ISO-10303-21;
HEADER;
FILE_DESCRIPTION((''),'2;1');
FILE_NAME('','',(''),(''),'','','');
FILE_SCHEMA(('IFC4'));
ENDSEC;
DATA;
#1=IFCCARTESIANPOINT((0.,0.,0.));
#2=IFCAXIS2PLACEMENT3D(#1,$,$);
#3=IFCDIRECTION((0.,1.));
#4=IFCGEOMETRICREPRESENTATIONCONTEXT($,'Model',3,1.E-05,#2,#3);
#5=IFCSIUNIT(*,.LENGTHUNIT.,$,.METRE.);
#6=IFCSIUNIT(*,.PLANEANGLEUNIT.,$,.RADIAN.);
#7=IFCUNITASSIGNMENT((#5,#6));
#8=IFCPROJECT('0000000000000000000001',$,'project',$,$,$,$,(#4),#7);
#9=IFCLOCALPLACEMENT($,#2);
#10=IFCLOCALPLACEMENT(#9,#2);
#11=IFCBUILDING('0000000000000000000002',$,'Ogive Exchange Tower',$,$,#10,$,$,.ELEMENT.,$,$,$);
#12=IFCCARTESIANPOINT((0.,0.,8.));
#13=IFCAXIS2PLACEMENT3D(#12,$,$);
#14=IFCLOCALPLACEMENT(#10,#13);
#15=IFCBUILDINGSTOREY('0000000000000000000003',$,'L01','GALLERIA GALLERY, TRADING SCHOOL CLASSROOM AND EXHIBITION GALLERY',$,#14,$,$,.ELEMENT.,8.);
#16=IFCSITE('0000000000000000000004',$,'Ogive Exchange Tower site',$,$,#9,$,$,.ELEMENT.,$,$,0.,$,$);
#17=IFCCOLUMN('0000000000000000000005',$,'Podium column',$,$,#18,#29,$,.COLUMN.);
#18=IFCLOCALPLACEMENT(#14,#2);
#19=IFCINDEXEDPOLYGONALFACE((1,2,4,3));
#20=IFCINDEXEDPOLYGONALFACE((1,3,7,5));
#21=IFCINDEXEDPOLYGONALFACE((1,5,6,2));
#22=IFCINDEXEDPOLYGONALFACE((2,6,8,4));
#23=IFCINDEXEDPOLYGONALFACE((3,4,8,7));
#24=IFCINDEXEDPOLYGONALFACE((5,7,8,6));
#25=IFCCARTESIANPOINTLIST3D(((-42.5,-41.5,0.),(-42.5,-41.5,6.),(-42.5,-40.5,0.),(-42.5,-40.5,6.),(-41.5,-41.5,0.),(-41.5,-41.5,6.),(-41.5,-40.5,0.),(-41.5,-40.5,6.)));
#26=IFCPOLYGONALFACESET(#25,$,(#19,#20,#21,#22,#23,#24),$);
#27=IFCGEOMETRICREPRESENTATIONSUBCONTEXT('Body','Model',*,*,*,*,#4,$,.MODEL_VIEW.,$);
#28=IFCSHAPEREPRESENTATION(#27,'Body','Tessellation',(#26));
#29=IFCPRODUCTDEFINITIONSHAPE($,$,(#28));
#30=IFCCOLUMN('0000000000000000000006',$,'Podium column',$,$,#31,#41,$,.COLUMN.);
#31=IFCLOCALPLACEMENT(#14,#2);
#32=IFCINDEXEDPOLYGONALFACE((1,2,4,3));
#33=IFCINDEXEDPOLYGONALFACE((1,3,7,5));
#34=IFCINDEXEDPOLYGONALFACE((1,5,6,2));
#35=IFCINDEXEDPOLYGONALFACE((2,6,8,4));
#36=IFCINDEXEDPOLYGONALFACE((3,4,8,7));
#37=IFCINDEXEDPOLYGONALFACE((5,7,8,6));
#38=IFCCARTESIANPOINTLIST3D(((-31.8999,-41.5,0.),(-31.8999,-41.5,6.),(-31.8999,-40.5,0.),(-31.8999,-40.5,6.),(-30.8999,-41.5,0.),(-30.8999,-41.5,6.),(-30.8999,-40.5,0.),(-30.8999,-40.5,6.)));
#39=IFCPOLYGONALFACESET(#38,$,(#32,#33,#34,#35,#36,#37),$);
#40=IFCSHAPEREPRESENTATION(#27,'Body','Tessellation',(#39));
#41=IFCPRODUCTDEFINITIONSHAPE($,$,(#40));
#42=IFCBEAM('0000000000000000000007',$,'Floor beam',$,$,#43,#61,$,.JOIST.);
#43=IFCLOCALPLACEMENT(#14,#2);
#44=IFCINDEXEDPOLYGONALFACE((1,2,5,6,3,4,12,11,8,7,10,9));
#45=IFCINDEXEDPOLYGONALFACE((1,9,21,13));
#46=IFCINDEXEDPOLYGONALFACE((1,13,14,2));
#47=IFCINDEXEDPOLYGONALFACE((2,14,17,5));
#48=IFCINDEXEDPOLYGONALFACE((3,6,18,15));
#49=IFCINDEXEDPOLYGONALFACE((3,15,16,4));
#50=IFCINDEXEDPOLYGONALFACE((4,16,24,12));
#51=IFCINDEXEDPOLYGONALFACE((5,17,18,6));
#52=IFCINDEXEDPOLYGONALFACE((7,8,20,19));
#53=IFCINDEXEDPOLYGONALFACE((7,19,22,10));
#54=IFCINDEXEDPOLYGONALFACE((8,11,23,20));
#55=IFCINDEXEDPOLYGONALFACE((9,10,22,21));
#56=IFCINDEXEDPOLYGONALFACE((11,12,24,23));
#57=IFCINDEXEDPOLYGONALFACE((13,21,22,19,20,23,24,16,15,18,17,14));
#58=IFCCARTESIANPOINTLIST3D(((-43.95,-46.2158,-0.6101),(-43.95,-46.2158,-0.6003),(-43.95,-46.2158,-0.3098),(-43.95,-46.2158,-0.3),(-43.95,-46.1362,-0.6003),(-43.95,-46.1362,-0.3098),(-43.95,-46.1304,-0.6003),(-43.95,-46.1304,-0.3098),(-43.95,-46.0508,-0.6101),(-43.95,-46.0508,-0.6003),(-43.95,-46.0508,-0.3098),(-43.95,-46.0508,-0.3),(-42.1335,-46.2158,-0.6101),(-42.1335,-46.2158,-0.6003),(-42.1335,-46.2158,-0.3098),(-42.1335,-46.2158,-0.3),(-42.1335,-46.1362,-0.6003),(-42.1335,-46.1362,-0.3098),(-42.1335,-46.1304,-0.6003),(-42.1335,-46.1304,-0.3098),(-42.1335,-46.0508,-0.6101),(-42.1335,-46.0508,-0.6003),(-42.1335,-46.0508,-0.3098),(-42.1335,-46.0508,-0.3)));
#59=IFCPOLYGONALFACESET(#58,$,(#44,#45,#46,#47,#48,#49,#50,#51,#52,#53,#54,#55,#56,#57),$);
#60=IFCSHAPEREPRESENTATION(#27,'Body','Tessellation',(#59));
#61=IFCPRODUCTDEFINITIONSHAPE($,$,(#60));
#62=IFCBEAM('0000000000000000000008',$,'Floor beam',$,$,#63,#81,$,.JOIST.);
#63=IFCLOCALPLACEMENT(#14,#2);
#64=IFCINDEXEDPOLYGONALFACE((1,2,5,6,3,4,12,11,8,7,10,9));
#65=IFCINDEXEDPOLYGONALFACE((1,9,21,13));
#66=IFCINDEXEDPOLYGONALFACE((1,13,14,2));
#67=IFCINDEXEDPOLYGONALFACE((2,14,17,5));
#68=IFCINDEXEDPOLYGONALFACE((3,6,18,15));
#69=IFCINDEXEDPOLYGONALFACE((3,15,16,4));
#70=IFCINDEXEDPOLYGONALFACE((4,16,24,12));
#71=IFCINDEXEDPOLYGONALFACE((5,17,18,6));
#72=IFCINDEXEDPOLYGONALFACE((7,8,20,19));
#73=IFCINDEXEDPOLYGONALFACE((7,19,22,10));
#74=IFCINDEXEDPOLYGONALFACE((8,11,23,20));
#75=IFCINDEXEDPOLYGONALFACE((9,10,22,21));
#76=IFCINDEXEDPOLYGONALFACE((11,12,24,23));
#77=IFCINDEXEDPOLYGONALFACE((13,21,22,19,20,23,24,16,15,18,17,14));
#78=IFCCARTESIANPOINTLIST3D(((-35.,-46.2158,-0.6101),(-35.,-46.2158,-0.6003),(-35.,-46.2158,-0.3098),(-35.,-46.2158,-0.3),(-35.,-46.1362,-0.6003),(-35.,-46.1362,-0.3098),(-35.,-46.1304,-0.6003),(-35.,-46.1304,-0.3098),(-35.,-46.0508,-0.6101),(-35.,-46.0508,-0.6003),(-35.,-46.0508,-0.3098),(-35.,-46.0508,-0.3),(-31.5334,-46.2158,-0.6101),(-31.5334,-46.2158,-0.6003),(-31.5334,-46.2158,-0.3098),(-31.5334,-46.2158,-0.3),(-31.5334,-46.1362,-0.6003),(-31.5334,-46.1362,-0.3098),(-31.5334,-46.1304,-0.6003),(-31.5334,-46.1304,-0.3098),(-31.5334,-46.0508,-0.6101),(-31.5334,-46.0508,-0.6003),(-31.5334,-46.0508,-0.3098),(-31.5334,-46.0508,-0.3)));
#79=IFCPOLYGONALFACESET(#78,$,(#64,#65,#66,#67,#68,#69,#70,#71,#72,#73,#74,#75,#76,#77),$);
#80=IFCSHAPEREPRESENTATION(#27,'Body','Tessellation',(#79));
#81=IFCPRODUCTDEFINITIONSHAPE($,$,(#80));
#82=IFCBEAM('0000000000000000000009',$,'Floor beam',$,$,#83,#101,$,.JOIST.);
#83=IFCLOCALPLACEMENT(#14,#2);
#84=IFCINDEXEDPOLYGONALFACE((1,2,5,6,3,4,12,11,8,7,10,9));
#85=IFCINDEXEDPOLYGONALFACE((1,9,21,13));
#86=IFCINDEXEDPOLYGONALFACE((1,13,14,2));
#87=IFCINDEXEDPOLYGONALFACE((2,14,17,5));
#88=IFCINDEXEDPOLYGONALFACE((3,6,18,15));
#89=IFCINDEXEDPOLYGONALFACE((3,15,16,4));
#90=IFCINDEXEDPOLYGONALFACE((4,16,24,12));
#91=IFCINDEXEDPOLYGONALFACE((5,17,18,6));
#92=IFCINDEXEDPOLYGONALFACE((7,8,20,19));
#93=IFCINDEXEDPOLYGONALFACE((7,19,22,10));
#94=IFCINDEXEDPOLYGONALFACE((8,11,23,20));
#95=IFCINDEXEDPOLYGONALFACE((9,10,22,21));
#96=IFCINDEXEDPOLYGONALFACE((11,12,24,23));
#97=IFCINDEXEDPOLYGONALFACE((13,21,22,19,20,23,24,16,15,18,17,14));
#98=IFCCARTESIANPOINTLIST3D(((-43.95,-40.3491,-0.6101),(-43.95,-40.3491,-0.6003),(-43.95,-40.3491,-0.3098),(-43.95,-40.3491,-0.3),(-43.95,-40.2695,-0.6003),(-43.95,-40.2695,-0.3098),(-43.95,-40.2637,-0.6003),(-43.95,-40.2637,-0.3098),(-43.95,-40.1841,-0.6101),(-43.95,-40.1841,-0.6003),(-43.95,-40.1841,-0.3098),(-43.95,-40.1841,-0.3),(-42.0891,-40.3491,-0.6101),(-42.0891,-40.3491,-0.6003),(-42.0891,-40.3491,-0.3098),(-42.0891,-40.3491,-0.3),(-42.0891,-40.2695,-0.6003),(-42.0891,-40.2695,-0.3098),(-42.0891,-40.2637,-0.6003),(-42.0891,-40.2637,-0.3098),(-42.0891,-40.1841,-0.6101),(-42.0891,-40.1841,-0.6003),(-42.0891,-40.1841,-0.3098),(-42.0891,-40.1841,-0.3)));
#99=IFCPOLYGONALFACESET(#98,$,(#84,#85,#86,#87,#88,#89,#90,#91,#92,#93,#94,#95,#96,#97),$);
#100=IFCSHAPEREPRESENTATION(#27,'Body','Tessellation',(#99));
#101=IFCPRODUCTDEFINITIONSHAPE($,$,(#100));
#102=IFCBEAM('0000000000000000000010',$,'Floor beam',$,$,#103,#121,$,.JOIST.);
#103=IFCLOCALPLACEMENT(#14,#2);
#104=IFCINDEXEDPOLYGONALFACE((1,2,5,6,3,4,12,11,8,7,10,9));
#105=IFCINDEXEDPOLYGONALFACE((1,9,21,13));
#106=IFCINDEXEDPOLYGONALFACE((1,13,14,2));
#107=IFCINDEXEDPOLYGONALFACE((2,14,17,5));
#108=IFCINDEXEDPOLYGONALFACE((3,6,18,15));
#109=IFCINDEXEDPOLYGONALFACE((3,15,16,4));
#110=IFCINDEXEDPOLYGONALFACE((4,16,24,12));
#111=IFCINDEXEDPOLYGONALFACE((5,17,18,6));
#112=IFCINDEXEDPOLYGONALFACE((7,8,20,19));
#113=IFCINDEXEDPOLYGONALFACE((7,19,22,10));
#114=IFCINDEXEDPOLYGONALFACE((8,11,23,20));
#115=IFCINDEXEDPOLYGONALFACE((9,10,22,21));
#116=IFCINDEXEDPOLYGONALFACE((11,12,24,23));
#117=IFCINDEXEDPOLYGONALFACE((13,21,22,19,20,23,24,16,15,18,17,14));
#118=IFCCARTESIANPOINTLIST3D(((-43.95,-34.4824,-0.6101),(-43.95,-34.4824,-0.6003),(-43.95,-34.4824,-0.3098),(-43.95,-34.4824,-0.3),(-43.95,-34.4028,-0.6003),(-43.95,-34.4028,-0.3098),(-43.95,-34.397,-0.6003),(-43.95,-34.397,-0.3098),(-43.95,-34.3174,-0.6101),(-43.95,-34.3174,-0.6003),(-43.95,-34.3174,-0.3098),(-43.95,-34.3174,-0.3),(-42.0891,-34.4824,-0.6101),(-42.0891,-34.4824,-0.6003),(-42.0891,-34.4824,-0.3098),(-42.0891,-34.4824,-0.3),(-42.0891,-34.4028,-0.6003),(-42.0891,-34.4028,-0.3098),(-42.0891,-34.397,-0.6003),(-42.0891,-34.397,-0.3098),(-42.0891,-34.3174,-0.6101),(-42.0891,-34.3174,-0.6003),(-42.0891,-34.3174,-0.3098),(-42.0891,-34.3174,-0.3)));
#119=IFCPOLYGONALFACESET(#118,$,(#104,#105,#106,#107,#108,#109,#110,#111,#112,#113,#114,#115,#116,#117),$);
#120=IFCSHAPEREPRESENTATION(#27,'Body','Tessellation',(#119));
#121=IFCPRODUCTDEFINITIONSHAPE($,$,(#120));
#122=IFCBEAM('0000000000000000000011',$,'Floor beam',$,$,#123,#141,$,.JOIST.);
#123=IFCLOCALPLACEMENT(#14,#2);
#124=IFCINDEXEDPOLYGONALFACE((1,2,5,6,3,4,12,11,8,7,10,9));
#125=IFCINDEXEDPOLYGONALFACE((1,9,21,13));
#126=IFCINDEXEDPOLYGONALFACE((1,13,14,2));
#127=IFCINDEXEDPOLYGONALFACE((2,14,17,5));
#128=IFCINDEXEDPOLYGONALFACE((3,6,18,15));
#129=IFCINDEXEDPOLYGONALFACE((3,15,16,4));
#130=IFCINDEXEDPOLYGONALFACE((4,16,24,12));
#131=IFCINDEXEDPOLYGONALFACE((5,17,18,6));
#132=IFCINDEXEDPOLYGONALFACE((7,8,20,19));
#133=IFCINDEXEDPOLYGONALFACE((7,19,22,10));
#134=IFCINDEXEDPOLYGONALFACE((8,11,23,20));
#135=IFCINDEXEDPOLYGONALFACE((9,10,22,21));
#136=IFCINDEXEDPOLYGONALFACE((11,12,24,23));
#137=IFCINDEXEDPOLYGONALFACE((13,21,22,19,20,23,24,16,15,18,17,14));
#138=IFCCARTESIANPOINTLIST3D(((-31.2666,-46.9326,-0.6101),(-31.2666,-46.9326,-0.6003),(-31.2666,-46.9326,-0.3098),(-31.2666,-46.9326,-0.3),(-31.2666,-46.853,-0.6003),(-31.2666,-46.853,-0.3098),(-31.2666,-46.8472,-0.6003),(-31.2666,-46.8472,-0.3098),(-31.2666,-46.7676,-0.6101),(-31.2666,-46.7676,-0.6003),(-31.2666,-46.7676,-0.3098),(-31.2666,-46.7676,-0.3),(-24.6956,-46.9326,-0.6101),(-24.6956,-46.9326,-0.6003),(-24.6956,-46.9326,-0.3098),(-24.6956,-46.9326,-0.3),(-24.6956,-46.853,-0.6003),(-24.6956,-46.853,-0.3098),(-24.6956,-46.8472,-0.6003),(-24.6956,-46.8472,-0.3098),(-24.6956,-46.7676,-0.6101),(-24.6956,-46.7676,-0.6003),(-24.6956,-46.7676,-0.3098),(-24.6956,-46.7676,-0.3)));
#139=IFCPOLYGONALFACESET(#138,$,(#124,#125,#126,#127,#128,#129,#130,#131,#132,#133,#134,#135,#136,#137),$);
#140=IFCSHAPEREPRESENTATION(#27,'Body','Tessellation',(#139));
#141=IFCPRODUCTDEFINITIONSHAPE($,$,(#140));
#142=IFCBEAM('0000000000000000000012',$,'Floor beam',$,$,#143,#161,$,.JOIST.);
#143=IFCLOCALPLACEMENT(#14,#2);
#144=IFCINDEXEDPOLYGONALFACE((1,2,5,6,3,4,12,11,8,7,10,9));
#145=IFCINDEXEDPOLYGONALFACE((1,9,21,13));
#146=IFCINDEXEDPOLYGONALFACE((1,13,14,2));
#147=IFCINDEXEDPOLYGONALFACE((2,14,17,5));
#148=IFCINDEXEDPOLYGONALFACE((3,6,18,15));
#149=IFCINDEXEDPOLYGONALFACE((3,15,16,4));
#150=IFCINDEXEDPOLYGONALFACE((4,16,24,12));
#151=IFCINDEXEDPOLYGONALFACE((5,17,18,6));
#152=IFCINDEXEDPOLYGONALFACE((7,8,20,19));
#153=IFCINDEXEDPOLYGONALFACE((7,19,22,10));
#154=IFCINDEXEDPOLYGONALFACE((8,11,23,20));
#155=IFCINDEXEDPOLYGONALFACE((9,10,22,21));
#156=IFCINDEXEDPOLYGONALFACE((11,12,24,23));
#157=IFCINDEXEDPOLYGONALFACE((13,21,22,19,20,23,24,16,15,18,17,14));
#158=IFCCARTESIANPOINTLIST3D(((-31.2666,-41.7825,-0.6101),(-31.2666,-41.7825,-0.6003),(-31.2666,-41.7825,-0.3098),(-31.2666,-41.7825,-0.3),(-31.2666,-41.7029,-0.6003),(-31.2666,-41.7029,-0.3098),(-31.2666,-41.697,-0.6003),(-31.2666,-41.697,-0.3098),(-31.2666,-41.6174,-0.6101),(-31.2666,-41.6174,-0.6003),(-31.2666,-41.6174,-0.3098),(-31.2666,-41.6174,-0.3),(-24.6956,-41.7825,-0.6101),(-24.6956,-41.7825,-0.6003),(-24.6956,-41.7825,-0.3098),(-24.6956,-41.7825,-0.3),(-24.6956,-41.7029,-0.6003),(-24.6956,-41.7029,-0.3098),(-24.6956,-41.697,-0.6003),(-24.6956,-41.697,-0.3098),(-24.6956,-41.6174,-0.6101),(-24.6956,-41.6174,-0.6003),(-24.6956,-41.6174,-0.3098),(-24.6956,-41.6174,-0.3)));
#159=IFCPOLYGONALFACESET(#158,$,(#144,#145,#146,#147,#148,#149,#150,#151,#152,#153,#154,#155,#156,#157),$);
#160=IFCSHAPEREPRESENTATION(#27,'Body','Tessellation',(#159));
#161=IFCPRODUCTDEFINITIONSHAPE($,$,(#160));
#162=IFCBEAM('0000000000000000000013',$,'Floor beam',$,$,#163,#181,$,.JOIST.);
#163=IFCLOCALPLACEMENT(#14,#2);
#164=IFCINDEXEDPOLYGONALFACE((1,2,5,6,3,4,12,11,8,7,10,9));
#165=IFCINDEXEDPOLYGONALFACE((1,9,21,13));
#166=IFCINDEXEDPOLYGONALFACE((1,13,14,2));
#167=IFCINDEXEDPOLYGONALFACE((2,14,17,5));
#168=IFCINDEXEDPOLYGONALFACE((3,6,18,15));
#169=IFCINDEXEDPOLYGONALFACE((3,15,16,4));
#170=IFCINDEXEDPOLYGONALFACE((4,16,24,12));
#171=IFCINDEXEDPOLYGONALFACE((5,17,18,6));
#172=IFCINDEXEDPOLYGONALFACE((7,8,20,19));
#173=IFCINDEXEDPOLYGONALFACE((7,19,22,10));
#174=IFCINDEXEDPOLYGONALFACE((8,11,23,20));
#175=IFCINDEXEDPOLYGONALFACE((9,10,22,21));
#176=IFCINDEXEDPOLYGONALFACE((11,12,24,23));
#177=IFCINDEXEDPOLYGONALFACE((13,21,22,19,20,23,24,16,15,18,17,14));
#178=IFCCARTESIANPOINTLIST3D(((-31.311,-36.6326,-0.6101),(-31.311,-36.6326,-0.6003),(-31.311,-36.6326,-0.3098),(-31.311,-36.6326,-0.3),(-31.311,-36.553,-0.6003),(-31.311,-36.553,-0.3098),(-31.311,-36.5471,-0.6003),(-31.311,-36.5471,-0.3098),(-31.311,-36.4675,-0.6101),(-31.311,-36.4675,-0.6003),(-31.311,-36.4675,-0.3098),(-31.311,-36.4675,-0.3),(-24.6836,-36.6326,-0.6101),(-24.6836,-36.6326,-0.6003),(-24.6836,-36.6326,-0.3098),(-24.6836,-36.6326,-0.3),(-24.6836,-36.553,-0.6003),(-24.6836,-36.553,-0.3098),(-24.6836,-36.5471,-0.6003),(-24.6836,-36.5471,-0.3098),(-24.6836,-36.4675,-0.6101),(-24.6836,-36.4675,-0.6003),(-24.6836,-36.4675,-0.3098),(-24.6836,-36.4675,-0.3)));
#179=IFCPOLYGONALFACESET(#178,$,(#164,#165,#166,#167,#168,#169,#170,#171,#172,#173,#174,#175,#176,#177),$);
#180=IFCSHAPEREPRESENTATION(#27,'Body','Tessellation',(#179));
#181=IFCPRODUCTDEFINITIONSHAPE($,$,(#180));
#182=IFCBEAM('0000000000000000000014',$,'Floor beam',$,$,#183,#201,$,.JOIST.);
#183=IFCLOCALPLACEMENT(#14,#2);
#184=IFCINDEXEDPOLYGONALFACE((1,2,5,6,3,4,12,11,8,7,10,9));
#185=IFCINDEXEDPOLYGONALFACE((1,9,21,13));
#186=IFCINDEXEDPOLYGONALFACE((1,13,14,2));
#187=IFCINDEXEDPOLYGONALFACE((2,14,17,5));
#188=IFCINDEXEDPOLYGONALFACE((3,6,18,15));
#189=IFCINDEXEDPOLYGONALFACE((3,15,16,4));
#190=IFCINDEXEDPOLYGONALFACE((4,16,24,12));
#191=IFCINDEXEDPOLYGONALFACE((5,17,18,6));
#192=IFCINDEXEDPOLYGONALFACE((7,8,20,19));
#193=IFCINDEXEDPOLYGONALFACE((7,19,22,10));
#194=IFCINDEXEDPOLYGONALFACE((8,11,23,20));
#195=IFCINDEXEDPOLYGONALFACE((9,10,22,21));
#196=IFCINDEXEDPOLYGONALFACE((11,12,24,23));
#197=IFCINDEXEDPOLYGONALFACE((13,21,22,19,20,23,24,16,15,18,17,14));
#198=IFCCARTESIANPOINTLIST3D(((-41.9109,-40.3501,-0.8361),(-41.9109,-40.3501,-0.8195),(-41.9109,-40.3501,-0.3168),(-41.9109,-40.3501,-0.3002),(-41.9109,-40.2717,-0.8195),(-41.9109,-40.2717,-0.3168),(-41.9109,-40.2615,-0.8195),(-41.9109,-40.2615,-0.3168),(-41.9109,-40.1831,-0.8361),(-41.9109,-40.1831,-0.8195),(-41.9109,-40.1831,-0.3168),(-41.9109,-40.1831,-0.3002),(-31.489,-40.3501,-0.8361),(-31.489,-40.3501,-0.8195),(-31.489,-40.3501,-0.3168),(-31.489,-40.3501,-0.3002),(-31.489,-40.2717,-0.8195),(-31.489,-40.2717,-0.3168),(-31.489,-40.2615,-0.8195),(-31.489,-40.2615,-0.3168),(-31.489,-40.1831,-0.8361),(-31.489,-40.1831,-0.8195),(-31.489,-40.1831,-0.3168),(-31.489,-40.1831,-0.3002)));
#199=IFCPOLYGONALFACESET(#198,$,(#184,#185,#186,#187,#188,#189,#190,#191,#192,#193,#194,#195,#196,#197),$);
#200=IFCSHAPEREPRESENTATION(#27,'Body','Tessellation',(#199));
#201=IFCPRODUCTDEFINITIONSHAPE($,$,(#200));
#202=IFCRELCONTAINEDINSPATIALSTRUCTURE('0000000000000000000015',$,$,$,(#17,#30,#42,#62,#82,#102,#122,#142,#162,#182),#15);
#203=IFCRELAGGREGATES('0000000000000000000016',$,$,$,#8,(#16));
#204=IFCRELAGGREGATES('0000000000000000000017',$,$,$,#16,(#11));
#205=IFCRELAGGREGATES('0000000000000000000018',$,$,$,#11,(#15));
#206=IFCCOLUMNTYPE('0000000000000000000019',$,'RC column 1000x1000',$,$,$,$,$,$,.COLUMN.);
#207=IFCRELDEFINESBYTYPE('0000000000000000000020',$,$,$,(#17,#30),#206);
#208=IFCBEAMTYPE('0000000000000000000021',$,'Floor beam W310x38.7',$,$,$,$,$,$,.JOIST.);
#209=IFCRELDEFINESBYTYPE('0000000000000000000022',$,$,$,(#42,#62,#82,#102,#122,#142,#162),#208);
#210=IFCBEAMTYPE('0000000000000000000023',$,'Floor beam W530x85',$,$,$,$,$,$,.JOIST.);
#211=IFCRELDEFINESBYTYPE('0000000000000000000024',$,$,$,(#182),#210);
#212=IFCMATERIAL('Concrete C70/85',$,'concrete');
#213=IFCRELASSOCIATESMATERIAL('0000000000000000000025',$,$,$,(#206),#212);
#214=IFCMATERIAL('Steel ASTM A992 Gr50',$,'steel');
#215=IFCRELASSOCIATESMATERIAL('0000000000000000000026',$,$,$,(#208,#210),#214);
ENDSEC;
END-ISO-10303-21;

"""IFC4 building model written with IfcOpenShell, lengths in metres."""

from ifc_helpers import new_model, si_unit, direction, frame, origin, origin_2d, place, context, subcontext, project, spatial, rectangle, i_section, extrude, material, material_profile, profile_set, type_object, element, save


model = new_model("IFC4")

# Units and contexts
model_context = context("Model", 3, precision=1e-05, world=origin(), true_north=direction((0.0, 1.0)))
body_context = subcontext(model_context, "Body", "Model", "MODEL_VIEW")
ifc_project = project(units=[si_unit("LENGTHUNIT", "METRE"), si_unit("PLANEANGLEUNIT", "RADIAN")], contexts=[model_context])

# Site, building, storey
site_placement = place(None, origin())
site = spatial("IfcSite", under=ifc_project, at=site_placement, Name="Ogive Exchange Tower site", CompositionType="ELEMENT", RefElevation=0.0)
building_placement = place(site_placement, origin())
building = spatial("IfcBuilding", under=site, at=building_placement, Name="Ogive Exchange Tower", CompositionType="ELEMENT")
storey_placement = place(building_placement, frame((0.0, 0.0, 8.0)))
storey = spatial("IfcBuildingStorey", under=building, at=storey_placement, Name="L01", Description="GALLERIA GALLERY, TRADING SCHOOL CLASSROOM AND EXHIBITION GALLERY", CompositionType="ELEMENT", Elevation=8.0)

# Columns
ifc_material_1 = material(Name="Concrete C70/85", Category="concrete")
ifc_material_profile_1 = material_profile(ifc_material_1, rectangle(XDim=1.0, YDim=1.0, at=origin_2d()), Name="RC 1000x1000")
ifc_profile_set_1 = profile_set([ifc_material_profile_1], Name="Concrete C70/85")
column_type = type_object("IfcColumnType", Name="RC column 1000x1000", PredefinedType="COLUMN", material=ifc_profile_set_1)
for number, where, z_axis, x_axis, name in (
    (1, (-42.0, -41.0, 0.0), (0.0, 0.0, 1.0), (1.0, 0.0, 0.0), "Podium column"),
    (2, (-31.3999, -41.0, 0.0), (0.0, 0.0, 1.0), (1.0, 0.0, 0.0), "Podium column"),
):
    element("IfcColumn", number, at=place(storey_placement, frame(where, z_axis=z_axis, x_axis=x_axis)), inside=storey, type_object=column_type, Name=name, PredefinedType="COLUMN", context=body_context, shape_type="SweptSolid", body=[
        extrude(rectangle(XDim=1.0, YDim=1.0, at=origin_2d()), origin(), (0.0, 0.0, 1.0), 6.0),
    ])

# Beams
ifc_material_2 = material(Name="Steel ASTM A992 Gr50", Category="steel")
ifc_material_profile_2 = material_profile(ifc_material_2, i_section(OverallWidth=0.165, OverallDepth=0.3101, WebThickness=0.0059, FlangeThickness=0.0098, at=origin_2d()), Name="W310x38.7")
ifc_profile_set_2 = profile_set([ifc_material_profile_2], Name="Steel ASTM A992 Gr50")
beam_type_1 = type_object("IfcBeamType", Name="Floor beam W310x38.7", PredefinedType="JOIST", material=ifc_profile_set_2)
beam_1_placement = place(storey_placement, frame((-43.95, -46.1333, -0.4551), z_axis=(1.0, 0.0, 0.0), x_axis=(0.0, 1.0, 0.0)))
element("IfcBeam", 3, at=beam_1_placement, inside=storey, type_object=beam_type_1, Name="Floor beam", PredefinedType="JOIST", context=body_context, shape_type="SweptSolid", body=[
    extrude(i_section(OverallWidth=0.165, OverallDepth=0.3101, WebThickness=0.0059, FlangeThickness=0.0098, at=origin_2d()), origin(), (0.0, 0.0, 1.0), 1.8164),
])
beam_2_placement = place(storey_placement, frame((-35.0, -46.1333, -0.4551), z_axis=(1.0, 0.0, 0.0), x_axis=(0.0, 1.0, 0.0)))
element("IfcBeam", 4, at=beam_2_placement, inside=storey, type_object=beam_type_1, Name="Floor beam", PredefinedType="JOIST", context=body_context, shape_type="SweptSolid", body=[
    extrude(i_section(OverallWidth=0.165, OverallDepth=0.3101, WebThickness=0.0059, FlangeThickness=0.0098, at=origin_2d()), origin(), (0.0, 0.0, 1.0), 3.4666),
])
for number, where, z_axis, x_axis, name in (
    (5, (-43.95, -40.2666, -0.4551), (1.0, 0.0, 0.0), (0.0, 1.0, 0.0), "Floor beam"),
    (6, (-43.95, -34.3999, -0.4551), (1.0, 0.0, 0.0), (0.0, 1.0, 0.0), "Floor beam"),
):
    element("IfcBeam", number, at=place(storey_placement, frame(where, z_axis=z_axis, x_axis=x_axis)), inside=storey, type_object=beam_type_1, Name=name, PredefinedType="JOIST", context=body_context, shape_type="SweptSolid", body=[
        extrude(i_section(OverallWidth=0.165, OverallDepth=0.3101, WebThickness=0.0059, FlangeThickness=0.0098, at=origin_2d()), origin(), (0.0, 0.0, 1.0), 1.8608),
    ])
for number, where, z_axis, x_axis, name in (
    (7, (-31.2666, -46.8501, -0.4551), (1.0, 0.0, 0.0), (0.0, 1.0, 0.0), "Floor beam"),
    (8, (-31.2666, -41.7, -0.4551), (1.0, 0.0, 0.0), (0.0, 1.0, 0.0), "Floor beam"),
):
    element("IfcBeam", number, at=place(storey_placement, frame(where, z_axis=z_axis, x_axis=x_axis)), inside=storey, type_object=beam_type_1, Name=name, PredefinedType="JOIST", context=body_context, shape_type="SweptSolid", body=[
        extrude(i_section(OverallWidth=0.165, OverallDepth=0.3101, WebThickness=0.0059, FlangeThickness=0.0098, at=origin_2d()), origin(), (0.0, 0.0, 1.0), 6.571),
    ])
beam_3_placement = place(storey_placement, frame((-31.311, -36.55, -0.4551), z_axis=(1.0, 0.0, 0.0), x_axis=(0.0, 1.0, 0.0)))
element("IfcBeam", 9, at=beam_3_placement, inside=storey, type_object=beam_type_1, Name="Floor beam", PredefinedType="JOIST", context=body_context, shape_type="SweptSolid", body=[
    extrude(i_section(OverallWidth=0.165, OverallDepth=0.3101, WebThickness=0.0059, FlangeThickness=0.0098, at=origin_2d()), origin(), (0.0, 0.0, 1.0), 6.6274),
])
ifc_material_profile_3 = material_profile(ifc_material_2, i_section(OverallWidth=0.167, OverallDepth=0.5359, WebThickness=0.0103, FlangeThickness=0.0166, at=origin_2d()), Name="W530x85")
ifc_profile_set_3 = profile_set([ifc_material_profile_3], Name="Steel ASTM A992 Gr50")
beam_type_2 = type_object("IfcBeamType", Name="Floor beam W530x85", PredefinedType="JOIST", material=ifc_profile_set_3)
beam_4_placement = place(storey_placement, frame((-41.9109, -40.2666, -0.5681), z_axis=(1.0, 0.0, 0.0), x_axis=(0.0, 1.0, 0.0)))
element("IfcBeam", 10, at=beam_4_placement, inside=storey, type_object=beam_type_2, Name="Floor beam", PredefinedType="JOIST", context=body_context, shape_type="SweptSolid", body=[
    extrude(i_section(OverallWidth=0.167, OverallDepth=0.5359, WebThickness=0.0103, FlangeThickness=0.0166, at=origin_2d()), origin(), (0.0, 0.0, 1.0), 10.4219),
])

save(model, "model.ifc")
